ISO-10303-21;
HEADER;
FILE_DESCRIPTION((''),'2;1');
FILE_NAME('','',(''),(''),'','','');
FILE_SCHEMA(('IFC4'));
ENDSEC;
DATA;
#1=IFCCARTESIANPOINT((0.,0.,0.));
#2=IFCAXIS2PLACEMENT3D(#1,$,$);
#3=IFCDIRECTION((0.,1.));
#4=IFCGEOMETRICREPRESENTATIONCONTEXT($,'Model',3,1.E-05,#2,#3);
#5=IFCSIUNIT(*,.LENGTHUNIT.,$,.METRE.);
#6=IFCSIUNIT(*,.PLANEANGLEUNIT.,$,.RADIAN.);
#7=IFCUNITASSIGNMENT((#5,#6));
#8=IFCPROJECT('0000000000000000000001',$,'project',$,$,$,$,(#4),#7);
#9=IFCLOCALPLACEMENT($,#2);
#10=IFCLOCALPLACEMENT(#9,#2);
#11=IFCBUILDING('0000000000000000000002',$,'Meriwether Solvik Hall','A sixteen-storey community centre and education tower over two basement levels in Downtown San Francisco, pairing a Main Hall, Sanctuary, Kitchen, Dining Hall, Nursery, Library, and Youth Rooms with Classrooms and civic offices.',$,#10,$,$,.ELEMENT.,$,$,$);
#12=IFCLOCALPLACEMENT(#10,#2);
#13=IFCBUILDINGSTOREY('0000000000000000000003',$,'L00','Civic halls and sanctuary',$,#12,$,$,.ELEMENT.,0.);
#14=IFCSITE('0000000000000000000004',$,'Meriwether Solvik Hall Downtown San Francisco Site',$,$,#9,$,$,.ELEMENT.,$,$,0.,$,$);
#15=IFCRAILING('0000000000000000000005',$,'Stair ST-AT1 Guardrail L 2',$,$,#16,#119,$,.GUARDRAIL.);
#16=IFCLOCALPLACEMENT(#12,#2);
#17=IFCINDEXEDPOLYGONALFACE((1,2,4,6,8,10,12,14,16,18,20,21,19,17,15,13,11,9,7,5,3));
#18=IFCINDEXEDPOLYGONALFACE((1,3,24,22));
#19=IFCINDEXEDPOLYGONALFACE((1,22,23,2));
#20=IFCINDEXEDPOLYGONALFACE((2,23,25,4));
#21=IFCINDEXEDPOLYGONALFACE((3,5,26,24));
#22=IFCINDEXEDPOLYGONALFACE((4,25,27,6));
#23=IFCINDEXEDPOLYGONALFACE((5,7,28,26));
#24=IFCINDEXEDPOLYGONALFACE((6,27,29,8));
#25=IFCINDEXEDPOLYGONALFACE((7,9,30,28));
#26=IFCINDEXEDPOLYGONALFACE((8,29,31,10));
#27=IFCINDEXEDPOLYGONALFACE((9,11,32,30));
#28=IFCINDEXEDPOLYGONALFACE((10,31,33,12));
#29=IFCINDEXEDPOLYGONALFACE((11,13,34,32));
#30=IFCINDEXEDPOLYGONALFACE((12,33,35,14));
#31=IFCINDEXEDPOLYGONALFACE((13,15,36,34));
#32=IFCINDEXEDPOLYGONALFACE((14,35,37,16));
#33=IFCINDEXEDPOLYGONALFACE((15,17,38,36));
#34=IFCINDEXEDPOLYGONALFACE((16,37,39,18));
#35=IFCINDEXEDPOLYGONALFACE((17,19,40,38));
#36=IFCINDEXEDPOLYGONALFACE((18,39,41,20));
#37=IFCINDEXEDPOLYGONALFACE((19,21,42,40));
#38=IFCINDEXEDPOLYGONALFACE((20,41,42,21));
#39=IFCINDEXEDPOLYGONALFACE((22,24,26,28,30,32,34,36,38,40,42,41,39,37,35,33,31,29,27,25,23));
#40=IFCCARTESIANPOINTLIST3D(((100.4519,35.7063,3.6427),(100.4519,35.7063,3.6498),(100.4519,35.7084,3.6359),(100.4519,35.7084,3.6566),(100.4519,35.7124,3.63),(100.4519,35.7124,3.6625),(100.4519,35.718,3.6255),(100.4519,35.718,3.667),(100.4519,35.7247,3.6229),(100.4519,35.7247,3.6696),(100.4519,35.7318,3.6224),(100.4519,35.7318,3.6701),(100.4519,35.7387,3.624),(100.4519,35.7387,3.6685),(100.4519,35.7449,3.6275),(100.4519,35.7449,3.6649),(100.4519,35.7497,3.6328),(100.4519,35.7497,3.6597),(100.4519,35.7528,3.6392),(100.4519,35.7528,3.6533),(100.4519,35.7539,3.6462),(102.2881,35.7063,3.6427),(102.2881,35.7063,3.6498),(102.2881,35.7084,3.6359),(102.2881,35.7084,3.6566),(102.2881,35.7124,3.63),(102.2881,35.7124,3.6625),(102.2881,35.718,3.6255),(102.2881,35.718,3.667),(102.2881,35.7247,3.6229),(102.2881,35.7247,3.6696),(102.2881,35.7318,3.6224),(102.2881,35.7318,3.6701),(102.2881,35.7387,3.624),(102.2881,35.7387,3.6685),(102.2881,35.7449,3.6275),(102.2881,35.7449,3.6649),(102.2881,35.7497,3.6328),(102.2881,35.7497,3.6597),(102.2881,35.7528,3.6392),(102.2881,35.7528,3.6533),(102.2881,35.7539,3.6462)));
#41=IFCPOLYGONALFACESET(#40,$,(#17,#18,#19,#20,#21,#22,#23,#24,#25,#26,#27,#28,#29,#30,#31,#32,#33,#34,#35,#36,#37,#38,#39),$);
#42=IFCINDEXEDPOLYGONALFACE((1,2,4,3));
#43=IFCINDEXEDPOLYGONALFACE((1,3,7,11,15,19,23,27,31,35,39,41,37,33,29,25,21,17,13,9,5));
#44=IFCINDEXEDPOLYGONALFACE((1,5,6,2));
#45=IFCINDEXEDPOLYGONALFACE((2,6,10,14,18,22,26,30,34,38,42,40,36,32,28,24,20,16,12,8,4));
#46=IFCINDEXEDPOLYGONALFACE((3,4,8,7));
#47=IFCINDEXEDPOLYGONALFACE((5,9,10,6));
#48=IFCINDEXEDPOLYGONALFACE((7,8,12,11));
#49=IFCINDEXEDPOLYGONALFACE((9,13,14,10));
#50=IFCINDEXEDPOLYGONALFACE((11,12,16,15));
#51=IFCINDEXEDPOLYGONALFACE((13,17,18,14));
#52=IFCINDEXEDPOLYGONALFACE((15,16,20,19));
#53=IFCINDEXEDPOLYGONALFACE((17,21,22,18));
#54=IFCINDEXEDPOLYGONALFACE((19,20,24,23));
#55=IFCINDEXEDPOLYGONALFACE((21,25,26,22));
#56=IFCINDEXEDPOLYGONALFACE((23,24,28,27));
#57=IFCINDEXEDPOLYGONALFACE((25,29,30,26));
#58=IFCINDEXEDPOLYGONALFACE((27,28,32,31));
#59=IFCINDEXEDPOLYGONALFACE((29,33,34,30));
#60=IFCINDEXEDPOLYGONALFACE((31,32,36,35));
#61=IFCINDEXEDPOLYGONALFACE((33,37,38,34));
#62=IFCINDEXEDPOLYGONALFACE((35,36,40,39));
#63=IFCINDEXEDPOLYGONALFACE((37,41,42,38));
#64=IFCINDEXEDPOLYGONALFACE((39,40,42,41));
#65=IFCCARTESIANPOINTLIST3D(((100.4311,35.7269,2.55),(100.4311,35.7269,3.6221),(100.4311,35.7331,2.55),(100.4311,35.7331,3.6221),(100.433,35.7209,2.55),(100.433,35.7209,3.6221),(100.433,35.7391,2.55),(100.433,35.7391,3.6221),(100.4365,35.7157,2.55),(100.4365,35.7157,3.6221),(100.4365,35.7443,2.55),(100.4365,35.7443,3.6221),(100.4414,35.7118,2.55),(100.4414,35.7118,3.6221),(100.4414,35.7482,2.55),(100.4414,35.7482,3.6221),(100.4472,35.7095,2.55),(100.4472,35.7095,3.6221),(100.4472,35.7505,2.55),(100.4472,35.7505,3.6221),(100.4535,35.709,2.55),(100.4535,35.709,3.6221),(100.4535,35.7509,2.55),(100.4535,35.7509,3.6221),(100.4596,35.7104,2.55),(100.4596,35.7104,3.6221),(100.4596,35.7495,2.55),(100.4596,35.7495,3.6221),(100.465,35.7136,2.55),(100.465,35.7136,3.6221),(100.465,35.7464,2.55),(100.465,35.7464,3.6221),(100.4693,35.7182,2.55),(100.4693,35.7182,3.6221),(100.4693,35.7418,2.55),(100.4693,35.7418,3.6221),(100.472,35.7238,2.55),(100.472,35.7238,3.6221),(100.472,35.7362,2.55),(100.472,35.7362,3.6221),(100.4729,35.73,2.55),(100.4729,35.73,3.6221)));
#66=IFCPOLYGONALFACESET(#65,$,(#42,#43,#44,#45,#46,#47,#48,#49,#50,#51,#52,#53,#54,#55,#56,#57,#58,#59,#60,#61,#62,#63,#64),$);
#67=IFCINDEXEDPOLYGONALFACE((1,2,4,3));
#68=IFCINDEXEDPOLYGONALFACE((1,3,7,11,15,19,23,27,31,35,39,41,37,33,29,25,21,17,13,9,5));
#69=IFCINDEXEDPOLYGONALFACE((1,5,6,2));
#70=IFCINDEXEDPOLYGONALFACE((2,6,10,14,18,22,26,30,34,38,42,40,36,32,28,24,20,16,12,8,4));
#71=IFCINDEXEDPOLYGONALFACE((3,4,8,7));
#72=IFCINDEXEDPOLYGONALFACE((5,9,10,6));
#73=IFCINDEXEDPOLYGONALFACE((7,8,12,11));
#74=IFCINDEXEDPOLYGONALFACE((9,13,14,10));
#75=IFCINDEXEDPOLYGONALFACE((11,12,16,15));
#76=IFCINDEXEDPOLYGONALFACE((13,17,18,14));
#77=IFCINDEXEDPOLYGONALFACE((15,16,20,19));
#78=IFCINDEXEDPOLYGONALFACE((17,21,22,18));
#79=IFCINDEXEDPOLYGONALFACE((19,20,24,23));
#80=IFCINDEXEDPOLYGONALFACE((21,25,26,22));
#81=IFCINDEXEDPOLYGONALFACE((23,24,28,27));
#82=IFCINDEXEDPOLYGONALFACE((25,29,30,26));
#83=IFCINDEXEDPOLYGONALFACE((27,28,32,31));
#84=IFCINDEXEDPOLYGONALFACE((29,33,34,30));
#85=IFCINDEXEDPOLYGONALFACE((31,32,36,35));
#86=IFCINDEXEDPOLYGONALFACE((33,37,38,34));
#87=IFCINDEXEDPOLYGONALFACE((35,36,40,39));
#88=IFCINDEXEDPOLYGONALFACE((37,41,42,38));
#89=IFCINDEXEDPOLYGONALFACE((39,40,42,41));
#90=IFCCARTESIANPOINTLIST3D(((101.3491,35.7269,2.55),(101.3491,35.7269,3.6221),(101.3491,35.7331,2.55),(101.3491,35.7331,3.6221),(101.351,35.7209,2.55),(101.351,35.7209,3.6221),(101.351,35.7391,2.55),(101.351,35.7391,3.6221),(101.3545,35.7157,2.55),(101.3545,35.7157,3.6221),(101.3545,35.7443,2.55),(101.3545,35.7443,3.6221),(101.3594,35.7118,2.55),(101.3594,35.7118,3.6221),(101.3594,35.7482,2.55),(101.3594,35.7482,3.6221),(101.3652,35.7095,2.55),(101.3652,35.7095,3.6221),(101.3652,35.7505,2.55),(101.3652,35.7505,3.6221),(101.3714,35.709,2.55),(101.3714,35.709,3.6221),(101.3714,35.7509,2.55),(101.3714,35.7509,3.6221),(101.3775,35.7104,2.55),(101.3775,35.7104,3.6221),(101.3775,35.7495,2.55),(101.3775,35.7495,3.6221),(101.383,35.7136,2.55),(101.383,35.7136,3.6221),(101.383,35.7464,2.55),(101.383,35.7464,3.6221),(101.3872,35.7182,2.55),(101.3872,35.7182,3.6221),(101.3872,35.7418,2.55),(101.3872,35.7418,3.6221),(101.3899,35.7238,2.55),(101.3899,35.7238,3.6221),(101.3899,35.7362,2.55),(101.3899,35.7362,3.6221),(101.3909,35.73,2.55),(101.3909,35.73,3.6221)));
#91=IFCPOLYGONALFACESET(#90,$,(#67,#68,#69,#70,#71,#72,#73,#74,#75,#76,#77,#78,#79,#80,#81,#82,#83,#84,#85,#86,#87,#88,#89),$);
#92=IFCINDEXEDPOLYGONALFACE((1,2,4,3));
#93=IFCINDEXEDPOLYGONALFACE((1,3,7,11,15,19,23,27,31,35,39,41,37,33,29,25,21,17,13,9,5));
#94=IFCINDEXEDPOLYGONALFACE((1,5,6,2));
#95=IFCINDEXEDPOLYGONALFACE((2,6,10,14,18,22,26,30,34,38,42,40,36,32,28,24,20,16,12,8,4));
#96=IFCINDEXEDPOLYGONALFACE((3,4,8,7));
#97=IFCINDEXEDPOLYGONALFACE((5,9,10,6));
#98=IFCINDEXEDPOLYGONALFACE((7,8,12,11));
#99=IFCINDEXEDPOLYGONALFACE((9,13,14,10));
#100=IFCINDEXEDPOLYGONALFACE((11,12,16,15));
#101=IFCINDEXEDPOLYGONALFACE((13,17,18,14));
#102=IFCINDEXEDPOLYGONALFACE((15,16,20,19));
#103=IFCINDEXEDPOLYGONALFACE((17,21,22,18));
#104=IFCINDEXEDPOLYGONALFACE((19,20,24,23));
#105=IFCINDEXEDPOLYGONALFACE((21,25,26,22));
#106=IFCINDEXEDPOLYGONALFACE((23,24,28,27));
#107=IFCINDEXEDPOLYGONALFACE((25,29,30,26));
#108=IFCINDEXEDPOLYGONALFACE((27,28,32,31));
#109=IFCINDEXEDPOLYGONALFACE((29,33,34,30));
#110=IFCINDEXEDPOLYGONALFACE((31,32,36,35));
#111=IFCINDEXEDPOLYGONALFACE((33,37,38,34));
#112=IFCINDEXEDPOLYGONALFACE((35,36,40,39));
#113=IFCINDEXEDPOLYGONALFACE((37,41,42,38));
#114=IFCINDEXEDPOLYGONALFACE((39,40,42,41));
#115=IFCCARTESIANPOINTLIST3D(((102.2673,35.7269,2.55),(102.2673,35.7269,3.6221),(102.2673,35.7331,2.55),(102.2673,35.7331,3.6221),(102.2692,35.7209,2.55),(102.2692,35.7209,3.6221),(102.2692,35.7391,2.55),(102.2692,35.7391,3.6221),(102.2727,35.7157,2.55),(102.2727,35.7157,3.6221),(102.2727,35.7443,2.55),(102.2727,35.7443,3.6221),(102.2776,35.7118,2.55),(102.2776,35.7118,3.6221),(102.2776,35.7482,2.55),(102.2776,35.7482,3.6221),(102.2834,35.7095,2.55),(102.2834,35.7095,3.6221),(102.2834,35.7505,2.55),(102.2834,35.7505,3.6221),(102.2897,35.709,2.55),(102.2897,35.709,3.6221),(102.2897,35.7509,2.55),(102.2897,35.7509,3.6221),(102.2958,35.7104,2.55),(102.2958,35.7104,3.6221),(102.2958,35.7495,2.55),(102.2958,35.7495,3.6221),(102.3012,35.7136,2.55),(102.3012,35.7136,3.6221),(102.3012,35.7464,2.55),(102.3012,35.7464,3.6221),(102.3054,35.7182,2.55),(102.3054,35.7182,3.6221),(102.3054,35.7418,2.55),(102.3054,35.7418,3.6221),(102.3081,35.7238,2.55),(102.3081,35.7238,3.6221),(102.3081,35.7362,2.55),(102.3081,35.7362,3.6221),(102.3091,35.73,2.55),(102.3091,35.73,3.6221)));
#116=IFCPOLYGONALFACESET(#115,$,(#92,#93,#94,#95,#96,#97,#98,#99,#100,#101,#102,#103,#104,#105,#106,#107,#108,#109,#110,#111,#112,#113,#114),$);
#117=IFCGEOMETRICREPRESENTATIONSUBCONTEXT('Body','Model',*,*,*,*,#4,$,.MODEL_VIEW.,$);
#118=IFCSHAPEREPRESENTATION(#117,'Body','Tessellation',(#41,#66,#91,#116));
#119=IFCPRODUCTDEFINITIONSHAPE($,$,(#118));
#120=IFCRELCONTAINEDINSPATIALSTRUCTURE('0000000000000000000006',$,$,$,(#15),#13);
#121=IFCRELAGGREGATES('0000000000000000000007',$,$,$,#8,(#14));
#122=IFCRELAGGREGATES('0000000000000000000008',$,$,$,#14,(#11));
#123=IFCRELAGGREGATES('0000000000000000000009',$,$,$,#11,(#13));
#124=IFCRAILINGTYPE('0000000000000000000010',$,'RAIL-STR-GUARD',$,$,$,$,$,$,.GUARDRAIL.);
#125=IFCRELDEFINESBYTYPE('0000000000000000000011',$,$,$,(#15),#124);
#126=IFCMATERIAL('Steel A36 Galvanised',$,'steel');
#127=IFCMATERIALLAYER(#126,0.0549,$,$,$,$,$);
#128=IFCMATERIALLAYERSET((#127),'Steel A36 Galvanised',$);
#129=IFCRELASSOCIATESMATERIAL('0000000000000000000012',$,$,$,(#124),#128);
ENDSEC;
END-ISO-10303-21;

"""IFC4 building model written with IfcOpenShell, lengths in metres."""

from ifc_helpers import new_model, si_unit, direction, frame, origin, origin_2d, place, context, subcontext, project, spatial, circle, extrude, material, layer, layer_set, type_object, element, save


model = new_model("IFC4")

# Units and contexts
model_context = context("Model", 3, precision=1e-05, world=origin(), true_north=direction((0.0, 1.0)))
body_context = subcontext(model_context, "Body", "Model", "MODEL_VIEW")
ifc_project = project(units=[si_unit("LENGTHUNIT", "METRE"), si_unit("PLANEANGLEUNIT", "RADIAN")], contexts=[model_context])

# Site, building, storey
site_placement = place(None, origin())
site = spatial("IfcSite", under=ifc_project, at=site_placement, Name="Meriwether Solvik Hall Downtown San Francisco Site", CompositionType="ELEMENT", RefElevation=0.0)
building_placement = place(site_placement, origin())
building = spatial("IfcBuilding", under=site, at=building_placement, Name="Meriwether Solvik Hall", Description="A sixteen-storey community centre and education tower over two basement levels in Downtown San Francisco, pairing a Main Hall, Sanctuary, Kitchen, Dining Hall, Nursery, Library, and Youth Rooms with Classrooms and civic offices.", CompositionType="ELEMENT")
storey_placement = place(building_placement, origin())
storey = spatial("IfcBuildingStorey", under=building, at=storey_placement, Name="L00", Description="Civic halls and sanctuary", CompositionType="ELEMENT", Elevation=0.0)

# Railing
ifc_material_1 = material(Name="Steel A36 Galvanised", Category="steel")
ifc_layer_1 = layer(ifc_material_1, 0.0549)
ifc_layer_set_1 = layer_set([ifc_layer_1], Name="Steel A36 Galvanised")
railing_type_1 = type_object("IfcRailingType", Name="RAIL-STR-GUARD", PredefinedType="GUARDRAIL", material=ifc_layer_set_1)
railing_1_placement = place(storey_placement, frame((100.4519, 35.73, 2.55)))
element("IfcRailing", 1, at=railing_1_placement, inside=storey, type_object=railing_type_1, Name="Stair ST-AT1 Guardrail L 2", PredefinedType="GUARDRAIL", context=body_context, shape_type="SweptSolid", body=[
    extrude(circle(Radius=0.0239, at=origin_2d()), frame((0.0, 0.0, 1.0962), z_axis=(1.0, 0.0, 0.0), x_axis=(0.0, 1.0, 0.0)), (0.0, 0.0, 1.0), 1.8362),
    extrude(circle(Radius=0.021, at=origin_2d()), origin(), (0.0, 0.0, 1.0), 1.072),
    extrude(circle(Radius=0.021, at=origin_2d()), frame((0.918, 0.0, 0.0)), (0.0, 0.0, 1.0), 1.072),
    extrude(circle(Radius=0.021, at=origin_2d()), frame((1.8362, 0.0, 0.0)), (0.0, 0.0, 1.0), 1.072),
])

save(model, "model.ifc")
